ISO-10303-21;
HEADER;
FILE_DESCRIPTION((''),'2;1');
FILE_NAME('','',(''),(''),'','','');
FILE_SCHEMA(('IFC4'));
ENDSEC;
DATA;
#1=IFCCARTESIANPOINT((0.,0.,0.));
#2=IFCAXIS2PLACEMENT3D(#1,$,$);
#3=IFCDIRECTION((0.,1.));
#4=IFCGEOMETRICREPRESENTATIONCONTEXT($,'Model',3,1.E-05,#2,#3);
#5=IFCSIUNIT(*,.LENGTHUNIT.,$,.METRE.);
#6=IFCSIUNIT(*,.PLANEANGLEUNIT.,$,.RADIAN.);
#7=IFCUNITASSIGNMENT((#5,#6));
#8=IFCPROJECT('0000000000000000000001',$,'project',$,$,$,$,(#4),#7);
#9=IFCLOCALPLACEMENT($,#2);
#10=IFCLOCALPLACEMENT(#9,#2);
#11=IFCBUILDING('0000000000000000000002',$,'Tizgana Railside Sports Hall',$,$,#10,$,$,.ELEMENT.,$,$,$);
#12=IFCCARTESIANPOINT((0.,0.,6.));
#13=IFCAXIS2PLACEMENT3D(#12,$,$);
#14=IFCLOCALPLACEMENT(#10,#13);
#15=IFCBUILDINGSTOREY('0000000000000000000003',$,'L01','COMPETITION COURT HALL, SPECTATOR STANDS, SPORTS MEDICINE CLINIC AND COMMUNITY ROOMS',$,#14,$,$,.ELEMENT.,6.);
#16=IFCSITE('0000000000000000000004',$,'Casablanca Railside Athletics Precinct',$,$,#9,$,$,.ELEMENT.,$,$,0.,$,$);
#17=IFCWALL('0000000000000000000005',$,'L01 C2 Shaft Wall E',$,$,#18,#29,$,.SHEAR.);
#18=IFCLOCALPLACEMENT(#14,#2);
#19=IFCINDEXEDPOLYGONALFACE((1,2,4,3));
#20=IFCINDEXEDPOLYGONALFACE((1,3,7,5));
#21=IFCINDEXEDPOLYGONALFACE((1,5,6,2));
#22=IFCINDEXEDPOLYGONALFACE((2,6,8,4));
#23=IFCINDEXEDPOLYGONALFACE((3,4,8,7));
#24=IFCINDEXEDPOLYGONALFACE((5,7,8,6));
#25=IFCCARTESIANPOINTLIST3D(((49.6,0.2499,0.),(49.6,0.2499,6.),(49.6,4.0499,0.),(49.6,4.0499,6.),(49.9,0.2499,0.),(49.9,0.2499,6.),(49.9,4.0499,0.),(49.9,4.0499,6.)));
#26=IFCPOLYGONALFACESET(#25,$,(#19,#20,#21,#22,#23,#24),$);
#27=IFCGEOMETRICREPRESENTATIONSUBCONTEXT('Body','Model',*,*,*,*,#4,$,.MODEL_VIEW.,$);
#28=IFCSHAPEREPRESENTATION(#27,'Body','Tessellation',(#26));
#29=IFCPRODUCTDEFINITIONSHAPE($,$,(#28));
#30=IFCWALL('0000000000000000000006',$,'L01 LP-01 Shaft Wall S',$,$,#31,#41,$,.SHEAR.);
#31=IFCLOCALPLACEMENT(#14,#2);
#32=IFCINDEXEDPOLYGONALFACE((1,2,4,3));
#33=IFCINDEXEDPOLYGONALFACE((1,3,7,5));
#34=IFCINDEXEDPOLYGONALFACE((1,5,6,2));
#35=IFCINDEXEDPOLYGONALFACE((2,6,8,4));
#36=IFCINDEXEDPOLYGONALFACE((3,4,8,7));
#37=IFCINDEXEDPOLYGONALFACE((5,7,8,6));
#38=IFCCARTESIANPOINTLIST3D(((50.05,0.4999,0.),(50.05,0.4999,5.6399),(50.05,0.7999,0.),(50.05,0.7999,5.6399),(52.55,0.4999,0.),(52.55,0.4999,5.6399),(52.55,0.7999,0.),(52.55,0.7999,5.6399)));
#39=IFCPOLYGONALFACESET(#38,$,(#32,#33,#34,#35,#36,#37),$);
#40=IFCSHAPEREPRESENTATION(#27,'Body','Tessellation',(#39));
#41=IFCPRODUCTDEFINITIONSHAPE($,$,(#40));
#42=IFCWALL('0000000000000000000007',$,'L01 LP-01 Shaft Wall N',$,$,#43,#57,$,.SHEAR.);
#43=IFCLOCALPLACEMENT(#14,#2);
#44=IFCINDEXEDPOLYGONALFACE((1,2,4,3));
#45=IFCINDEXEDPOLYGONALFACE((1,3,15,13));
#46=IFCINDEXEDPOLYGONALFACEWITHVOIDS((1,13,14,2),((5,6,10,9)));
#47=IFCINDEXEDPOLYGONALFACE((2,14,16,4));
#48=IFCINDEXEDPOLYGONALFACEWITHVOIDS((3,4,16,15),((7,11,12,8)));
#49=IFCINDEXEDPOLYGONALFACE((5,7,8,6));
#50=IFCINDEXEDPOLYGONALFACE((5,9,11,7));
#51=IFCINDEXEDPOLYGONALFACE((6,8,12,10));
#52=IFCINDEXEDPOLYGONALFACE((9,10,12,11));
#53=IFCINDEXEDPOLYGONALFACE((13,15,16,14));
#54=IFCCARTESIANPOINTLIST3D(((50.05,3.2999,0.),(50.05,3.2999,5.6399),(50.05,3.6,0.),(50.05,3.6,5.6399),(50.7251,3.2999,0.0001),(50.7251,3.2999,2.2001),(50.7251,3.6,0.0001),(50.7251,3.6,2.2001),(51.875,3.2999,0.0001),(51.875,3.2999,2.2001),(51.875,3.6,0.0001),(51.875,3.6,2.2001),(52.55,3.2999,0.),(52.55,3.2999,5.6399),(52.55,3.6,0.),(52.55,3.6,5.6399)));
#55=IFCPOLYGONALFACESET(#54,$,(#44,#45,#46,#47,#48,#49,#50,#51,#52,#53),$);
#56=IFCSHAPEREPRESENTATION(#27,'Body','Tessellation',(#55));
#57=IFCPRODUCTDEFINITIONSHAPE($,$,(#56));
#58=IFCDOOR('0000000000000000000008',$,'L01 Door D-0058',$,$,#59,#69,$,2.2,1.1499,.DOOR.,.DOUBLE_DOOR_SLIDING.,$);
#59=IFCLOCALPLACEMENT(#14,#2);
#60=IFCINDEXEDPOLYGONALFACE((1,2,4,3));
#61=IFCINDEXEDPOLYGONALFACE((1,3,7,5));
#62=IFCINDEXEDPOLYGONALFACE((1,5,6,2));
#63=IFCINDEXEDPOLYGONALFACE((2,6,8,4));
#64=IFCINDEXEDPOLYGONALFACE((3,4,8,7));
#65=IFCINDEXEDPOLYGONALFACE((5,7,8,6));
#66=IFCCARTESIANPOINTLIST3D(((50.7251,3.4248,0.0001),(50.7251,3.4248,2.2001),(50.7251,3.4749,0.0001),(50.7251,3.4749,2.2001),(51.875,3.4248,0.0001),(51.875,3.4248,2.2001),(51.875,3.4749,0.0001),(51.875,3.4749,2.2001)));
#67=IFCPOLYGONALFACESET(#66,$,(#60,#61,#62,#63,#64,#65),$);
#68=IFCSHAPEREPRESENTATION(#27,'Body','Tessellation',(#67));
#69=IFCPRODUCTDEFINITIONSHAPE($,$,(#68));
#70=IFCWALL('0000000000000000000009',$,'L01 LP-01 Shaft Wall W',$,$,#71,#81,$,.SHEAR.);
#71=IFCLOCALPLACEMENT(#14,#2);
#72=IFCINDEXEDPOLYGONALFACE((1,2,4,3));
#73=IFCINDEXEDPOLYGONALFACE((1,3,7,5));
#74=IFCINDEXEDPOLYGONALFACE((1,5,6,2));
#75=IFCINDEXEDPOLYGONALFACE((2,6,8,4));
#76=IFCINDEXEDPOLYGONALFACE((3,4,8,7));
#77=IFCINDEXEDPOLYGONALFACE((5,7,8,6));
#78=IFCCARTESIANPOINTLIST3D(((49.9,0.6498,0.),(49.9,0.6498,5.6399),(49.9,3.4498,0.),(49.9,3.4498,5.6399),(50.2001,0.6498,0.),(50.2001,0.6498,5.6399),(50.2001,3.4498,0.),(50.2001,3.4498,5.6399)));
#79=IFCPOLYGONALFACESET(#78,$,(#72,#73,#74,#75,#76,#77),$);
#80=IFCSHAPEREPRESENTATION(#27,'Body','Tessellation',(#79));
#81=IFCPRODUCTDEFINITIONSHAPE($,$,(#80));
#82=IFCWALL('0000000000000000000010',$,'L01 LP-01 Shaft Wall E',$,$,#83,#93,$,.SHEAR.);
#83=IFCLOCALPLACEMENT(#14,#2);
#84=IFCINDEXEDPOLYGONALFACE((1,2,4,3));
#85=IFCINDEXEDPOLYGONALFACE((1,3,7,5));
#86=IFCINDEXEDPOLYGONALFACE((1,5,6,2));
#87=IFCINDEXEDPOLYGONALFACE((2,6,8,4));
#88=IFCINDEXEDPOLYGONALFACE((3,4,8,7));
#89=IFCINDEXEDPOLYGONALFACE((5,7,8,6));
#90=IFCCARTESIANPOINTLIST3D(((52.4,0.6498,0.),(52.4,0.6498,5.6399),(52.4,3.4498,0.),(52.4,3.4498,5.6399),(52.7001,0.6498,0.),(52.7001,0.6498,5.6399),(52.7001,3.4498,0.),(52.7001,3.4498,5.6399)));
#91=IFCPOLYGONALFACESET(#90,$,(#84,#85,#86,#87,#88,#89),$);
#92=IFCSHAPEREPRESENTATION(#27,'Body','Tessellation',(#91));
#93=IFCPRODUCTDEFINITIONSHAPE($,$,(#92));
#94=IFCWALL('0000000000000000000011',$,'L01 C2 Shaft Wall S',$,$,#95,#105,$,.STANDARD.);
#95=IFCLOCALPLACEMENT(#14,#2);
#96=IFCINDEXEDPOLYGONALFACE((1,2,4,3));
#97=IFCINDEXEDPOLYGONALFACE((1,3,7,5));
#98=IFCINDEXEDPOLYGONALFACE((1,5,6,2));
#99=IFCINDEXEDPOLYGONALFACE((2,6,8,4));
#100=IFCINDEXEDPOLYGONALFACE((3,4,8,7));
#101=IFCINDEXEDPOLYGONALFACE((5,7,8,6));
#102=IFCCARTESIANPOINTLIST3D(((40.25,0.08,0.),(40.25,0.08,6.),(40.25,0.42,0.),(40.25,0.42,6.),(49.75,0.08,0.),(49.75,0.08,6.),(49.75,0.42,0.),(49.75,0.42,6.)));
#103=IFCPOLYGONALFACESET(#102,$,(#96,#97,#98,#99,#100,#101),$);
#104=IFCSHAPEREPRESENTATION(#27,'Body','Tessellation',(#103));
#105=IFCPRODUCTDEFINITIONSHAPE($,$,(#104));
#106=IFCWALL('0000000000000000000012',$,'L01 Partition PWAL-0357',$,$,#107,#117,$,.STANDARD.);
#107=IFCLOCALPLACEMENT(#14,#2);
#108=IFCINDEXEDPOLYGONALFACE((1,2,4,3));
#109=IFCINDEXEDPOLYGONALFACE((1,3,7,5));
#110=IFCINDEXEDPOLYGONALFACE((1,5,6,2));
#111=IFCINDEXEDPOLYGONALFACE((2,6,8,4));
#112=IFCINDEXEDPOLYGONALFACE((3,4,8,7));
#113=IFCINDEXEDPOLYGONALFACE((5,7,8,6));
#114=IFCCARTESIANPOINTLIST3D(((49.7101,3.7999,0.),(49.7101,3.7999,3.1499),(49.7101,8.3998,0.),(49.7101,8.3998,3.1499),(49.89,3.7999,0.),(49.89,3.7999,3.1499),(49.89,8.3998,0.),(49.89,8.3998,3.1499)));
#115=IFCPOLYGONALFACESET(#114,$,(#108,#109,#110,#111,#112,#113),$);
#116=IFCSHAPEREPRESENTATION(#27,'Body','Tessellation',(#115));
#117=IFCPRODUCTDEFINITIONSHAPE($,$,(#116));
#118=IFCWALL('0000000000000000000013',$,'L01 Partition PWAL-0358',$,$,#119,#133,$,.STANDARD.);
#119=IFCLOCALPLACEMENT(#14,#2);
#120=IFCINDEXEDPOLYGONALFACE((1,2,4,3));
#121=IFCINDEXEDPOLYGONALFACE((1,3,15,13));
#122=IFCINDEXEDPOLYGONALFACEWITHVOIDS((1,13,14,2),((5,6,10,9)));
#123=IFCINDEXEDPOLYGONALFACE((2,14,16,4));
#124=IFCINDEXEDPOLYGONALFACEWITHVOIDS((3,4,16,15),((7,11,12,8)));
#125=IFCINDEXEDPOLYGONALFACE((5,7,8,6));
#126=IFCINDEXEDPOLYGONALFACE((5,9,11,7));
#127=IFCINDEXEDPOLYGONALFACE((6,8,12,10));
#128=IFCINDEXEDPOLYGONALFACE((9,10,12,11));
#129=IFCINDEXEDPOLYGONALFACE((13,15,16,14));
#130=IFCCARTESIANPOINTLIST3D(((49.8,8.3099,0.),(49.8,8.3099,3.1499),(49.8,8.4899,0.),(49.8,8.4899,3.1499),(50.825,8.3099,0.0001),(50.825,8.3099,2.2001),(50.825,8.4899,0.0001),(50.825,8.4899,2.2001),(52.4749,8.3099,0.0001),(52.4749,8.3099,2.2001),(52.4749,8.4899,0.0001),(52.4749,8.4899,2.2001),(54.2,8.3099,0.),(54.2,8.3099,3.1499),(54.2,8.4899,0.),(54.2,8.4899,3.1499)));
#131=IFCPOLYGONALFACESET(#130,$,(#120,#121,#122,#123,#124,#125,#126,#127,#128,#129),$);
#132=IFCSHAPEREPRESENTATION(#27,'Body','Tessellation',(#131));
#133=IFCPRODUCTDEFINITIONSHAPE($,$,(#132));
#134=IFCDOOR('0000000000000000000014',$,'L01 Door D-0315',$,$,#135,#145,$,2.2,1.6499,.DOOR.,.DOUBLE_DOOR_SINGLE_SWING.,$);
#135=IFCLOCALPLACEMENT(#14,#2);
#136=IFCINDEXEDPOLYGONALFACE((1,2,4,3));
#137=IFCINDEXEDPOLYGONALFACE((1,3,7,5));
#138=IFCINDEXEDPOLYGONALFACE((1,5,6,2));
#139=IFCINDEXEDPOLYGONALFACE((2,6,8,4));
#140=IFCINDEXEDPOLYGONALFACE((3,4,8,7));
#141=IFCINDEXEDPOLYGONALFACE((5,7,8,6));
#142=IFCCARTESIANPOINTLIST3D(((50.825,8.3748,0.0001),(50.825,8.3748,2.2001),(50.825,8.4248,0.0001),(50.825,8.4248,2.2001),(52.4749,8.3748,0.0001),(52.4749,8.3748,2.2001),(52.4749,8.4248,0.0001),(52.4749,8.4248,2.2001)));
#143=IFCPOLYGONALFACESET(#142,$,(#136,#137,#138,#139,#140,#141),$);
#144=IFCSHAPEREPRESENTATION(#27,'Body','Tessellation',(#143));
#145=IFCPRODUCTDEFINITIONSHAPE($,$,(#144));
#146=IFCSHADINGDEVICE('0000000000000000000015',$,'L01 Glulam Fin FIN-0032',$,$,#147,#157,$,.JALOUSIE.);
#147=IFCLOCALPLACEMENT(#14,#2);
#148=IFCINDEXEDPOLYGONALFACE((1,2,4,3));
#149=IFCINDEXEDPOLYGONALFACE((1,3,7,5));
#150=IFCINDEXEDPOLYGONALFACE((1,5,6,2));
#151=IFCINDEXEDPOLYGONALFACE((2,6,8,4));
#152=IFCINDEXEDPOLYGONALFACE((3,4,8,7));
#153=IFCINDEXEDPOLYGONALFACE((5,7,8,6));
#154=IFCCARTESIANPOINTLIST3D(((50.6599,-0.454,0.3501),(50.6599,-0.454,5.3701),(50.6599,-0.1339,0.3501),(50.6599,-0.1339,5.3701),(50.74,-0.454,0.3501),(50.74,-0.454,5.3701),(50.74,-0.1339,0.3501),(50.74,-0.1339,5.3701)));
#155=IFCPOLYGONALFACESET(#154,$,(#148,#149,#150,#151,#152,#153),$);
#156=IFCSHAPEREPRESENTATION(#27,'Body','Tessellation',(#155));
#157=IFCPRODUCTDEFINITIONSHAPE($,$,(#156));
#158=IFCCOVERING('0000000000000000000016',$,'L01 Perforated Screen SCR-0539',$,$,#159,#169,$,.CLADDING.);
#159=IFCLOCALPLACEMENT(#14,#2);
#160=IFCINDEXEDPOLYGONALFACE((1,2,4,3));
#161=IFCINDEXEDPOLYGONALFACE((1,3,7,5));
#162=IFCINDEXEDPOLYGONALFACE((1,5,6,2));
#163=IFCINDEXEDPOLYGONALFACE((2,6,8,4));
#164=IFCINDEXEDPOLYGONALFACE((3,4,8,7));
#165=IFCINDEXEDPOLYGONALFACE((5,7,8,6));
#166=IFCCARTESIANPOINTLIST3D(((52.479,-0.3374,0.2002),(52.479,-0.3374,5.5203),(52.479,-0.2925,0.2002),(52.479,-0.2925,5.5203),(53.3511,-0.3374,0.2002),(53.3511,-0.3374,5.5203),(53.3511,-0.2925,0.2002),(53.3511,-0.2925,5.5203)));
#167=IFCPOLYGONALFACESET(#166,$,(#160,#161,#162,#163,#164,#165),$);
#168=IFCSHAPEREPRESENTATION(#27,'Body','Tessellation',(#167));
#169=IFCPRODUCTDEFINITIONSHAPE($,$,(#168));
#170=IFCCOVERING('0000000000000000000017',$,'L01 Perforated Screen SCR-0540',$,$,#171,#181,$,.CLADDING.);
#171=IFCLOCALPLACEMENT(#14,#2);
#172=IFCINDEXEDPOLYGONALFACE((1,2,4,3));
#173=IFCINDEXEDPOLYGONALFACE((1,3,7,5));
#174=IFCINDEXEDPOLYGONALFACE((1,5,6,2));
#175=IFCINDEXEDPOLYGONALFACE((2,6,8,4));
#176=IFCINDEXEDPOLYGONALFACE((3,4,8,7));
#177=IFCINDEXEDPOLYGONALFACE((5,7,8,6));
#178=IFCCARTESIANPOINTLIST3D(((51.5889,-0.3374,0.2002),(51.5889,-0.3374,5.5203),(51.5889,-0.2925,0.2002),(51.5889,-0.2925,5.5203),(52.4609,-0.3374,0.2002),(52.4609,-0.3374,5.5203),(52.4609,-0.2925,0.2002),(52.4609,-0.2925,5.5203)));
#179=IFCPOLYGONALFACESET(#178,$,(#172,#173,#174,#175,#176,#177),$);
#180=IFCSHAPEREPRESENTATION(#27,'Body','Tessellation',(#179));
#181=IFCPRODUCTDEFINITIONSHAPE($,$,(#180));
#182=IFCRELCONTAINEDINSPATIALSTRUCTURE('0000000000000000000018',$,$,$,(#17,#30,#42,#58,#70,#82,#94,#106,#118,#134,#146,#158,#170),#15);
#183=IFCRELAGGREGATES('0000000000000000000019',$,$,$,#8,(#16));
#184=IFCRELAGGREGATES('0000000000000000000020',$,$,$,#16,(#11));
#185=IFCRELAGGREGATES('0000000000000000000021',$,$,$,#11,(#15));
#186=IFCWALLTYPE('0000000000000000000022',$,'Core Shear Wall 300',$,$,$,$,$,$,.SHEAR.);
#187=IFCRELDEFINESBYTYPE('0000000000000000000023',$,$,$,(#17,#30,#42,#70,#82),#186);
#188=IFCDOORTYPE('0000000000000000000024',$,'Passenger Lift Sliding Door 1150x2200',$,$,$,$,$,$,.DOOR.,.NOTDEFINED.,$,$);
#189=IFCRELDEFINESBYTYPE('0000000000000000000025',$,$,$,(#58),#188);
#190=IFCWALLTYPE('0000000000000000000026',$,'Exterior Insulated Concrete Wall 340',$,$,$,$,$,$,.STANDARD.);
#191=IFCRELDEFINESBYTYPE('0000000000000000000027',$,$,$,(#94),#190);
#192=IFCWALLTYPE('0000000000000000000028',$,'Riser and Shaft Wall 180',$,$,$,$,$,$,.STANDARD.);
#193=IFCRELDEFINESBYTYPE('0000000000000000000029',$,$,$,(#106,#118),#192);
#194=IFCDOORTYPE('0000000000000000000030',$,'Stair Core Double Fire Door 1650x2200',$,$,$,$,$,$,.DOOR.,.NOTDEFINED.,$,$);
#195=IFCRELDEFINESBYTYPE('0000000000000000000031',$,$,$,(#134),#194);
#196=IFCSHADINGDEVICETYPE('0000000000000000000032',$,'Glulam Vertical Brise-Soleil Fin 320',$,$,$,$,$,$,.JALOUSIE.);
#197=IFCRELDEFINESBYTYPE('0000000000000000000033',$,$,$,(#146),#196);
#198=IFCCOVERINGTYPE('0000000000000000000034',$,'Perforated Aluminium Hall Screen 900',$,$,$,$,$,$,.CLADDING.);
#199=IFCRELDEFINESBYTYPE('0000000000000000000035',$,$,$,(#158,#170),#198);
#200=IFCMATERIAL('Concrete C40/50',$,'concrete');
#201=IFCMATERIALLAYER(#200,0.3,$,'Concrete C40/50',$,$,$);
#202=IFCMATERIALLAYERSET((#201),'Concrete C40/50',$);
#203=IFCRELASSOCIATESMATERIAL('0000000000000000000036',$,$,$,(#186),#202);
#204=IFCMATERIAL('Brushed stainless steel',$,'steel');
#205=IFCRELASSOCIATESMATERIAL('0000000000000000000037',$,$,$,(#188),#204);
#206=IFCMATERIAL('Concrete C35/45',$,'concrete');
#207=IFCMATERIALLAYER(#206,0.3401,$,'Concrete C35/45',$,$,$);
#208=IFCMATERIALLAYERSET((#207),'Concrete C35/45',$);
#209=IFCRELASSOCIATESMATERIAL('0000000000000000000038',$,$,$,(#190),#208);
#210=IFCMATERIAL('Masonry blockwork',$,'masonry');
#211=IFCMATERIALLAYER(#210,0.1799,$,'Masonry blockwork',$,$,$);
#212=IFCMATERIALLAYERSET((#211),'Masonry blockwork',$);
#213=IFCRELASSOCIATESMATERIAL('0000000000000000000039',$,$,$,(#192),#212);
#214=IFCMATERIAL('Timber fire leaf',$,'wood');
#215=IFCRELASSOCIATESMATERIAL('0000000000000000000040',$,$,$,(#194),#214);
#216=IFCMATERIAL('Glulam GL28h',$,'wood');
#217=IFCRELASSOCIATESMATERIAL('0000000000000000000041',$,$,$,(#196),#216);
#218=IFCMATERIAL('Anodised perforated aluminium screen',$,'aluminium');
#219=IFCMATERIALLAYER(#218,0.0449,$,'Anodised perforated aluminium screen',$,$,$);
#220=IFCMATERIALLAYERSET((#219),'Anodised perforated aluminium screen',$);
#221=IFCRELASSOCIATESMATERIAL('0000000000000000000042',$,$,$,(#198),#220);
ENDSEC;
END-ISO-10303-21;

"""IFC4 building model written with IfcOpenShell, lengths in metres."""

from ifc_helpers import new_model, si_unit, direction, frame, frame_2d, origin, origin_2d, place, context, subcontext, project, spatial, rectangle, extrude, material, layer, layer_set, type_object, element, fill, save


model = new_model("IFC4")

# Units and contexts
model_context = context("Model", 3, precision=1e-05, world=origin(), true_north=direction((0.0, 1.0)))
body_context = subcontext(model_context, "Body", "Model", "MODEL_VIEW")
ifc_project = project(units=[si_unit("LENGTHUNIT", "METRE"), si_unit("PLANEANGLEUNIT", "RADIAN")], contexts=[model_context])

# Site, building, storey
site_placement = place(None, origin())
site = spatial("IfcSite", under=ifc_project, at=site_placement, Name="Casablanca Railside Athletics Precinct", CompositionType="ELEMENT", RefElevation=0.0)
building_placement = place(site_placement, origin())
building = spatial("IfcBuilding", under=site, at=building_placement, Name="Tizgana Railside Sports Hall", CompositionType="ELEMENT")
storey_placement = place(building_placement, frame((0.0, 0.0, 6.0)))
storey = spatial("IfcBuildingStorey", under=building, at=storey_placement, Name="L01", Description="COMPETITION COURT HALL, SPECTATOR STANDS, SPORTS MEDICINE CLINIC AND COMMUNITY ROOMS", CompositionType="ELEMENT", Elevation=6.0)

# Walls
ifc_material_1 = material(Name="Concrete C40/50", Category="concrete")
ifc_layer_1 = layer(ifc_material_1, 0.3, Name="Concrete C40/50")
ifc_layer_set_1 = layer_set([ifc_layer_1], Name="Concrete C40/50")
wall_type_1 = type_object("IfcWallType", Name="Core Shear Wall 300", PredefinedType="SHEAR", material=ifc_layer_set_1)
wall_1_placement = place(storey_placement, frame((49.75, 0.25, 0.0), z_axis=(0.0, 0.0, 1.0), x_axis=(0.0, 1.0, 0.0)))
element("IfcWall", 1, at=wall_1_placement, inside=storey, type_object=wall_type_1, Name="L01 C2 Shaft Wall E", PredefinedType="SHEAR", context=body_context, shape_type="SweptSolid", body=[
    extrude(rectangle(XDim=3.8, YDim=0.3, at=frame_2d((1.8999, 0.0))), origin(), (0.0, 0.0, 1.0), 6.0),
])
wall_2_placement = place(storey_placement, frame((50.05, 0.6499, 0.0), z_axis=(0.0, 0.0, 1.0), x_axis=(1.0, 0.0, 0.0)))
element("IfcWall", 2, at=wall_2_placement, inside=storey, type_object=wall_type_1, Name="L01 LP-01 Shaft Wall S", PredefinedType="SHEAR", context=body_context, shape_type="SweptSolid", body=[
    extrude(rectangle(XDim=2.5, YDim=0.3, at=frame_2d((1.25, 0.0))), origin(), (0.0, 0.0, 1.0), 5.6399),
])

# Wall, opening, door
wall_3_placement = place(storey_placement, frame((50.05, 3.45, 0.0), z_axis=(0.0, 0.0, 1.0), x_axis=(1.0, 0.0, 0.0)))
wall_3 = element("IfcWall", 3, at=wall_3_placement, inside=storey, type_object=wall_type_1, Name="L01 LP-01 Shaft Wall N", PredefinedType="SHEAR", context=body_context, shape_type="SweptSolid", body=[
    extrude(rectangle(XDim=2.5, YDim=0.3, at=frame_2d((1.25, 0.0))), origin(), (0.0, 0.0, 1.0), 5.6399),
])
opening_1_placement = place(wall_3_placement, frame((0.675, 0.0, 0.0)))
opening_1 = element("IfcOpeningElement", 4, at=opening_1_placement, cuts=wall_3, PredefinedType="OPENING", context=body_context, shape_type="SweptSolid", body=[
    extrude(rectangle(XDim=1.1499, YDim=2.2, at=frame_2d((0.575, 1.1001))), frame((0.0, 0.1599, 0.0), z_axis=(0.0, -1.0, 0.0), x_axis=(1.0, 0.0, 0.0)), (0.0, 0.0, 1.0), 0.3201),
])
ifc_material_2 = material(Name="Brushed stainless steel", Category="steel")
door_type_1 = type_object("IfcDoorType", Name="Passenger Lift Sliding Door 1150x2200", OperationType="NOTDEFINED", PredefinedType="DOOR", material=ifc_material_2)
door_1_placement = place(opening_1_placement, origin())
door_1 = element("IfcDoor", 5, at=door_1_placement, inside=storey, type_object=door_type_1, Name="L01 Door D-0058", OperationType="DOUBLE_DOOR_SLIDING", OverallHeight=2.2, OverallWidth=1.1499, PredefinedType="DOOR", context=body_context, shape_type="SweptSolid", body=[
    extrude(rectangle(XDim=1.1499, YDim=2.2, at=frame_2d((0.575, 1.1001))), frame((0.0, 0.0249, 0.0), z_axis=(0.0, -1.0, 0.0), x_axis=(1.0, 0.0, 0.0)), (0.0, 0.0, 1.0), 0.05),
])
fill(opening_1, door_1)

# Walls
for number, where, z_axis, x_axis, name in (
    (6, (50.05, 0.6499, 0.0), (0.0, 0.0, 1.0), (0.0, 1.0, 0.0), "L01 LP-01 Shaft Wall W"),
    (7, (52.55, 0.6499, 0.0), (0.0, 0.0, 1.0), (0.0, 1.0, 0.0), "L01 LP-01 Shaft Wall E"),
):
    element("IfcWall", number, at=place(storey_placement, frame(where, z_axis=z_axis, x_axis=x_axis)), inside=storey, type_object=wall_type_1, Name=name, PredefinedType="SHEAR", context=body_context, shape_type="SweptSolid", body=[
        extrude(rectangle(XDim=2.8, YDim=0.3, at=frame_2d((1.3999, 0.0))), origin(), (0.0, 0.0, 1.0), 5.6399),
    ])
ifc_material_3 = material(Name="Concrete C35/45", Category="concrete")
ifc_layer_2 = layer(ifc_material_3, 0.3401, Name="Concrete C35/45")
ifc_layer_set_2 = layer_set([ifc_layer_2], Name="Concrete C35/45")
wall_type_2 = type_object("IfcWallType", Name="Exterior Insulated Concrete Wall 340", PredefinedType="STANDARD", material=ifc_layer_set_2)
wall_4_placement = place(storey_placement, frame((49.75, 0.25, 0.0), z_axis=(0.0, 0.0, 1.0), x_axis=(-1.0, 0.0, 0.0)))
element("IfcWall", 8, at=wall_4_placement, inside=storey, type_object=wall_type_2, Name="L01 C2 Shaft Wall S", PredefinedType="STANDARD", context=body_context, shape_type="SweptSolid", body=[
    extrude(rectangle(XDim=9.5, YDim=0.3401, at=frame_2d((4.75, 0.0))), origin(), (0.0, 0.0, 1.0), 6.0),
])
ifc_material_4 = material(Name="Masonry blockwork", Category="masonry")
ifc_layer_3 = layer(ifc_material_4, 0.1799, Name="Masonry blockwork")
ifc_layer_set_3 = layer_set([ifc_layer_3], Name="Masonry blockwork")
wall_type_3 = type_object("IfcWallType", Name="Riser and Shaft Wall 180", PredefinedType="STANDARD", material=ifc_layer_set_3)
wall_5_placement = place(storey_placement, frame((49.8, 3.8, 0.0), z_axis=(0.0, 0.0, 1.0), x_axis=(0.0, 1.0, 0.0)))
element("IfcWall", 9, at=wall_5_placement, inside=storey, type_object=wall_type_3, Name="L01 Partition PWAL-0357", PredefinedType="STANDARD", context=body_context, shape_type="SweptSolid", body=[
    extrude(rectangle(XDim=4.5999, YDim=0.1799, at=frame_2d((2.2998, 0.0))), origin(), (0.0, 0.0, 1.0), 3.1499),
])

# Wall, opening, door
wall_6_placement = place(storey_placement, frame((49.8, 8.3999, 0.0), z_axis=(0.0, 0.0, 1.0), x_axis=(1.0, 0.0, 0.0)))
wall_6 = element("IfcWall", 10, at=wall_6_placement, inside=storey, type_object=wall_type_3, Name="L01 Partition PWAL-0358", PredefinedType="STANDARD", context=body_context, shape_type="SweptSolid", body=[
    extrude(rectangle(XDim=4.3999, YDim=0.1799, at=frame_2d((2.2, 0.0))), origin(), (0.0, 0.0, 1.0), 3.1499),
])
opening_2_placement = place(wall_6_placement, frame((1.0249, 0.0, 0.0)))
opening_2 = element("IfcOpeningElement", 11, at=opening_2_placement, cuts=wall_6, PredefinedType="OPENING", context=body_context, shape_type="SweptSolid", body=[
    extrude(rectangle(XDim=1.6499, YDim=2.2, at=frame_2d((0.825, 1.1001))), frame((0.0, 0.0999, 0.0), z_axis=(0.0, -1.0, 0.0), x_axis=(1.0, 0.0, 0.0)), (0.0, 0.0, 1.0), 0.2),
])
ifc_material_5 = material(Name="Timber fire leaf", Category="wood")
door_type_2 = type_object("IfcDoorType", Name="Stair Core Double Fire Door 1650x2200", OperationType="NOTDEFINED", PredefinedType="DOOR", material=ifc_material_5)
door_2_placement = place(opening_2_placement, origin())
door_2 = element("IfcDoor", 12, at=door_2_placement, inside=storey, type_object=door_type_2, Name="L01 Door D-0315", OperationType="DOUBLE_DOOR_SINGLE_SWING", OverallHeight=2.2, OverallWidth=1.6499, PredefinedType="DOOR", context=body_context, shape_type="SweptSolid", body=[
    extrude(rectangle(XDim=1.6499, YDim=2.2, at=frame_2d((0.825, 1.1001))), frame((0.0, 0.0249, 0.0), z_axis=(0.0, -1.0, 0.0), x_axis=(1.0, 0.0, 0.0)), (0.0, 0.0, 1.0), 0.05),
])
fill(opening_2, door_2)

# Shading device
ifc_material_6 = material(Name="Glulam GL28h", Category="wood")
shading_device_type = type_object("IfcShadingDeviceType", Name="Glulam Vertical Brise-Soleil Fin 320", PredefinedType="JALOUSIE", material=ifc_material_6)
shading_device_placement = place(storey_placement, frame((50.7, -0.2939, 0.3501), z_axis=(0.0, 0.0, 1.0), x_axis=(-1.0, 0.0, 0.0)))
element("IfcShadingDevice", 13, at=shading_device_placement, inside=storey, type_object=shading_device_type, Name="L01 Glulam Fin FIN-0032", PredefinedType="JALOUSIE", context=body_context, shape_type="SweptSolid", body=[
    extrude(rectangle(XDim=0.0801, YDim=0.3201, at=origin_2d()), origin(), (0.0, 0.0, 1.0), 5.02),
])

# Coverings
ifc_material_7 = material(Name="Anodised perforated aluminium screen", Category="aluminium")
ifc_layer_4 = layer(ifc_material_7, 0.0449, Name="Anodised perforated aluminium screen")
ifc_layer_set_4 = layer_set([ifc_layer_4], Name="Anodised perforated aluminium screen")
covering_type = type_object("IfcCoveringType", Name="Perforated Aluminium Hall Screen 900", PredefinedType="CLADDING", material=ifc_layer_set_4)
for number, where, z_axis, x_axis, name in (
    (14, (52.915, -0.3149, 0.2002), (0.0, 0.0, 1.0), (-1.0, 0.0, 0.0), "L01 Perforated Screen SCR-0539"),
    (15, (52.0249, -0.3149, 0.2002), (0.0, 0.0, 1.0), (-1.0, 0.0, 0.0), "L01 Perforated Screen SCR-0540"),
):
    element("IfcCovering", number, at=place(storey_placement, frame(where, z_axis=z_axis, x_axis=x_axis)), inside=storey, type_object=covering_type, Name=name, PredefinedType="CLADDING", context=body_context, shape_type="SweptSolid", body=[
        extrude(rectangle(XDim=0.8721, YDim=0.0449, at=origin_2d()), origin(), (0.0, 0.0, 1.0), 5.3201),
    ])

save(model, "model.ifc")
